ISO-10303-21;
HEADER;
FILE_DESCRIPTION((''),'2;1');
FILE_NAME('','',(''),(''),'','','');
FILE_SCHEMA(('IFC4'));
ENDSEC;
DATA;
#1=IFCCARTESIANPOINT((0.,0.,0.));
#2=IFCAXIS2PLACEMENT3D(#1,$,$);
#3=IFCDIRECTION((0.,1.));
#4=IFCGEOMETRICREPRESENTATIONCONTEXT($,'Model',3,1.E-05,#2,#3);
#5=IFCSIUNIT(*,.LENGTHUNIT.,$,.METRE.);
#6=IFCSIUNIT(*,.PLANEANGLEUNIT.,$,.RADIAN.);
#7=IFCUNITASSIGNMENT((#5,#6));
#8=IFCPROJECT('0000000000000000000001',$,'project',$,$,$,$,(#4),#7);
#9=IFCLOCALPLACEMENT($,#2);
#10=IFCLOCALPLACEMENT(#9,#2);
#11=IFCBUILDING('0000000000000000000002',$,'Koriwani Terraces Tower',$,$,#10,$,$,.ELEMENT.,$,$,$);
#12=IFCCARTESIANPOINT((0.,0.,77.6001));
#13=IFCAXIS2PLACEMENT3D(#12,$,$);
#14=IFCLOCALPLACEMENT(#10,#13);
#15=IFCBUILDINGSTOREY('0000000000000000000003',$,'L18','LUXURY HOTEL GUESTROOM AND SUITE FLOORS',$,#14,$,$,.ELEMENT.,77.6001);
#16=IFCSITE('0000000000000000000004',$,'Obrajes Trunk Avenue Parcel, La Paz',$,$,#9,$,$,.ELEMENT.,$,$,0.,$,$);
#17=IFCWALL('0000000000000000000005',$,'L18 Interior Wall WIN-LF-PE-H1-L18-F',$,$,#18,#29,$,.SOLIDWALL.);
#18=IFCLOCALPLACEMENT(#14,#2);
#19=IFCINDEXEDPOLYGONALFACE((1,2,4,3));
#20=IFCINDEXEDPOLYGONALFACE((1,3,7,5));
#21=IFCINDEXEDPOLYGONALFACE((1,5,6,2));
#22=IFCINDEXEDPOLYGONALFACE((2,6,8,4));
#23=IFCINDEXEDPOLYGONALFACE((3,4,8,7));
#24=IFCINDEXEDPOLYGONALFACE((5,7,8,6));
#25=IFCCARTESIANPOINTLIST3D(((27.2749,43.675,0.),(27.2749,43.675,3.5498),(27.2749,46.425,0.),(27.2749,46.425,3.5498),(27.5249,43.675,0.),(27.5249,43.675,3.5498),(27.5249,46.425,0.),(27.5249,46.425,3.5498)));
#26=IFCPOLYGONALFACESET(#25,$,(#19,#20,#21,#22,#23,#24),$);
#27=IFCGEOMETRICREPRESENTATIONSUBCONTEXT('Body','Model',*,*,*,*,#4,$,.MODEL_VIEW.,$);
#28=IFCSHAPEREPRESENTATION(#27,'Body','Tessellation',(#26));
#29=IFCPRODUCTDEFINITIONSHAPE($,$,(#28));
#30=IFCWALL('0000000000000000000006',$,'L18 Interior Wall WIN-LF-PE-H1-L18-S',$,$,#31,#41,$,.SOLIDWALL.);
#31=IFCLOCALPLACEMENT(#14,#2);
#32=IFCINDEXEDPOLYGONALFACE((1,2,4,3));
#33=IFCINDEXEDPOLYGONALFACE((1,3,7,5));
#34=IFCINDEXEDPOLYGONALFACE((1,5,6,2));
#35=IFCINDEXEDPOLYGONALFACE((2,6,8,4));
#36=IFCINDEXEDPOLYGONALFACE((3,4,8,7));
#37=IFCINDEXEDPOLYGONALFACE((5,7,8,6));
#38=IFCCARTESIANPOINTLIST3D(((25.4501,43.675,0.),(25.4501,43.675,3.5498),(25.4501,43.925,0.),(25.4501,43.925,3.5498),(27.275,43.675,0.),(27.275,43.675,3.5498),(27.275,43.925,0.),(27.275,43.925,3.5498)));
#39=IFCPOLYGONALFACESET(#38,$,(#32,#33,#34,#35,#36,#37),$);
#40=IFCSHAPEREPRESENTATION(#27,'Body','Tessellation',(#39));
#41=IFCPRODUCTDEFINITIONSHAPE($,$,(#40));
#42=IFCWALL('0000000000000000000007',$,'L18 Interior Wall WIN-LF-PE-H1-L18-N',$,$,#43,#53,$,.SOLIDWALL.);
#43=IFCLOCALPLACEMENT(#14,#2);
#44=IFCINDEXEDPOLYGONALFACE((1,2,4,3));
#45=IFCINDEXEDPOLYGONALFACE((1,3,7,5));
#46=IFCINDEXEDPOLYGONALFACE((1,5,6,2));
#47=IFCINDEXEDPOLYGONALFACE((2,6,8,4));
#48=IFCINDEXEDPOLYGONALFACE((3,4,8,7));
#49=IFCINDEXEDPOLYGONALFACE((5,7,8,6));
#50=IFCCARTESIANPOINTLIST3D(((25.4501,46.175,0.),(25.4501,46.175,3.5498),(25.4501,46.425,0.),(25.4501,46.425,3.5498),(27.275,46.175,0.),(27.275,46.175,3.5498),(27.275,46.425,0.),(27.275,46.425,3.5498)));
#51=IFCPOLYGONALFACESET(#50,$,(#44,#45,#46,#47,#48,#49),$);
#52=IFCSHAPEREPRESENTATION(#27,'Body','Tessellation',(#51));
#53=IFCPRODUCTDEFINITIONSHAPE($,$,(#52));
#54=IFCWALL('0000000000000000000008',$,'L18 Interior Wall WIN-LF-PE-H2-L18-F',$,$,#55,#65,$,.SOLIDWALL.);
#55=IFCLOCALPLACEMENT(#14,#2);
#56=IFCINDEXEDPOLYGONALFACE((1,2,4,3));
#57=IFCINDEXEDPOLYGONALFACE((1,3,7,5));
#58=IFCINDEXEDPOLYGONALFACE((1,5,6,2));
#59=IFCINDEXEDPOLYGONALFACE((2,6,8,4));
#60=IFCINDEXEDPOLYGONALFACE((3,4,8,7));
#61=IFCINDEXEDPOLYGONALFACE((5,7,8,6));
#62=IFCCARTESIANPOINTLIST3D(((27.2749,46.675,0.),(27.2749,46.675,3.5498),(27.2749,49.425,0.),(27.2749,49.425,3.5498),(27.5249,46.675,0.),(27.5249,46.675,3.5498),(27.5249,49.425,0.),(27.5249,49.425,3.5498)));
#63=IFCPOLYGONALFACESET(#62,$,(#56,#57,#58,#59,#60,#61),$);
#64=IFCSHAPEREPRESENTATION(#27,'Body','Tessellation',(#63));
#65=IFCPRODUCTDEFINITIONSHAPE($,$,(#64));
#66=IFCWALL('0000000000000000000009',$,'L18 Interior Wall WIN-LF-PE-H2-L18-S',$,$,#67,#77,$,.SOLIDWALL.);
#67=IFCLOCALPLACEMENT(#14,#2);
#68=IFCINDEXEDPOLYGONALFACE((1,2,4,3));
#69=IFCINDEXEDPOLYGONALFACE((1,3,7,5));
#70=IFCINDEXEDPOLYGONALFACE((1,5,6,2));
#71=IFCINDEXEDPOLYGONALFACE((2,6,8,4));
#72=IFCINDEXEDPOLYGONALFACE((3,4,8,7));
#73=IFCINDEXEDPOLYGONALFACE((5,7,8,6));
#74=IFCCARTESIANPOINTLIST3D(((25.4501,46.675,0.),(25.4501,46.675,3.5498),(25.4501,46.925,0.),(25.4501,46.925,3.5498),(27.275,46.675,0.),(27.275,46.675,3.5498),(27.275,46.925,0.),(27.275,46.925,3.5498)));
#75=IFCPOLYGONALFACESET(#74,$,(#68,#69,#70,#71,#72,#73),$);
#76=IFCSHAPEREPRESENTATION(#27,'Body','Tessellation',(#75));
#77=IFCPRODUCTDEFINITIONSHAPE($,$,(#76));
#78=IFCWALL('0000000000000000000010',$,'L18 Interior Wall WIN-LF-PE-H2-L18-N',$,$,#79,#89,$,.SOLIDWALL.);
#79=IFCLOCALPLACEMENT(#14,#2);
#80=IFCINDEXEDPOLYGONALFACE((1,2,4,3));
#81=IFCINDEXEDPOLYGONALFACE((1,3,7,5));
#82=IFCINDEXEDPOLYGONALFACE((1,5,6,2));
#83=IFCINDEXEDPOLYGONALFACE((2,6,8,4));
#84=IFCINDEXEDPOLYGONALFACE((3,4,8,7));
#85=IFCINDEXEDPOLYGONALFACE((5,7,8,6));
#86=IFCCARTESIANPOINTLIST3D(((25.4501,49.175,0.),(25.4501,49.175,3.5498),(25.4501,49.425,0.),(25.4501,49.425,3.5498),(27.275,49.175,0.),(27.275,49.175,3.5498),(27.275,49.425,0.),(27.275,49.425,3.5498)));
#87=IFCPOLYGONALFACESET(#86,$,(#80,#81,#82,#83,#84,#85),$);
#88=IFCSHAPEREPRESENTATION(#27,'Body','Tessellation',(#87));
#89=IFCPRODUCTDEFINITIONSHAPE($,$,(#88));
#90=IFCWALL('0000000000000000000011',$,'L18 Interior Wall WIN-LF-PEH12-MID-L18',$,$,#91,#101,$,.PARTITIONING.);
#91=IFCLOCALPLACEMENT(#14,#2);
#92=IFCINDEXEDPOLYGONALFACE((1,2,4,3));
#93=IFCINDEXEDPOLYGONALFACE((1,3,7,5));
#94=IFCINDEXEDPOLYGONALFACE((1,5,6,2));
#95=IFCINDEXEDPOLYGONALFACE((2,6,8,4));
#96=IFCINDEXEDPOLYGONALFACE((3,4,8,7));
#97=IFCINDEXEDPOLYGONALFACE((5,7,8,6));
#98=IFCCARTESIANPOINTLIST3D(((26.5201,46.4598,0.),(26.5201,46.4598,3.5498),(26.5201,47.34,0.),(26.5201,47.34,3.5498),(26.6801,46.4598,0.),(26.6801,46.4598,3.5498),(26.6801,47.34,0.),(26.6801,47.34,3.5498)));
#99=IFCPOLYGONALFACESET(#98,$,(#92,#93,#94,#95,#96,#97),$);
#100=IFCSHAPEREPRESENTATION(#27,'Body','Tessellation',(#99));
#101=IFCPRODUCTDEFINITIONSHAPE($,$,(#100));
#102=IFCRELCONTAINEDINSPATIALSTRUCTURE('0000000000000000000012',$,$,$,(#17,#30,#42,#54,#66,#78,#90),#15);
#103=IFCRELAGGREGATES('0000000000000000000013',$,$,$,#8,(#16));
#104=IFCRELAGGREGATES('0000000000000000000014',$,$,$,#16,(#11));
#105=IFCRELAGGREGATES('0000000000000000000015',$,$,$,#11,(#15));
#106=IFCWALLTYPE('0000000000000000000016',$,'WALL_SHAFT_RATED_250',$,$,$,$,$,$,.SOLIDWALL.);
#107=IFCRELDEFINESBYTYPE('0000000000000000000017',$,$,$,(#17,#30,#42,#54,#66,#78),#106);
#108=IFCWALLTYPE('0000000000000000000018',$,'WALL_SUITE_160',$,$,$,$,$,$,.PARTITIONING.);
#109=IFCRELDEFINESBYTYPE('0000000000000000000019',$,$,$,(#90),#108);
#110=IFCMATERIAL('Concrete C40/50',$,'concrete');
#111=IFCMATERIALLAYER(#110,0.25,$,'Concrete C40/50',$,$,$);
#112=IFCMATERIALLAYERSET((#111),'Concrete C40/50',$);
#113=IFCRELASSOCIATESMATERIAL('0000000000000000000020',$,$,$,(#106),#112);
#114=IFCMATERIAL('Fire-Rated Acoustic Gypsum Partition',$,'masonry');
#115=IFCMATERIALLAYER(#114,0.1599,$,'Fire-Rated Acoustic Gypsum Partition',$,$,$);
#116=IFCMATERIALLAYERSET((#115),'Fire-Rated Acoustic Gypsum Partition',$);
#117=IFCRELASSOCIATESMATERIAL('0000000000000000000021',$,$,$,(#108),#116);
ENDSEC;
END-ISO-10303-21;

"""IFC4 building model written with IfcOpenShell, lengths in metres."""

from ifc_helpers import new_model, si_unit, direction, frame, frame_2d, origin, place, context, subcontext, project, spatial, rectangle, extrude, material, layer, layer_set, type_object, element, save


model = new_model("IFC4")

# Units and contexts
model_context = context("Model", 3, precision=1e-05, world=origin(), true_north=direction((0.0, 1.0)))
body_context = subcontext(model_context, "Body", "Model", "MODEL_VIEW")
ifc_project = project(units=[si_unit("LENGTHUNIT", "METRE"), si_unit("PLANEANGLEUNIT", "RADIAN")], contexts=[model_context])

# Site, building, storey
site_placement = place(None, origin())
site = spatial("IfcSite", under=ifc_project, at=site_placement, Name="Obrajes Trunk Avenue Parcel, La Paz", CompositionType="ELEMENT", RefElevation=0.0)
building_placement = place(site_placement, origin())
building = spatial("IfcBuilding", under=site, at=building_placement, Name="Koriwani Terraces Tower", CompositionType="ELEMENT")
storey_placement = place(building_placement, frame((0.0, 0.0, 77.6001)))
storey = spatial("IfcBuildingStorey", under=building, at=storey_placement, Name="L18", Description="LUXURY HOTEL GUESTROOM AND SUITE FLOORS", CompositionType="ELEMENT", Elevation=77.6001)

# Walls
ifc_material_1 = material(Name="Concrete C40/50", Category="concrete")
ifc_layer_1 = layer(ifc_material_1, 0.25, Name="Concrete C40/50")
ifc_layer_set_1 = layer_set([ifc_layer_1], Name="Concrete C40/50")
wall_type_1 = type_object("IfcWallType", Name="WALL_SHAFT_RATED_250", PredefinedType="SOLIDWALL", material=ifc_layer_set_1)
wall_1_placement = place(storey_placement, frame((27.3999, 43.675, 0.0), z_axis=(0.0, 0.0, 1.0), x_axis=(0.0, 1.0, 0.0)))
element("IfcWall", 1, at=wall_1_placement, inside=storey, type_object=wall_type_1, Name="L18 Interior Wall WIN-LF-PE-H1-L18-F", PredefinedType="SOLIDWALL", context=body_context, shape_type="SweptSolid", body=[
    extrude(rectangle(XDim=2.75, YDim=0.25, at=frame_2d((1.375, 0.0))), origin(), (0.0, 0.0, 1.0), 3.5498),
])
for number, where, z_axis, x_axis, name in (
    (2, (25.45, 43.8, 0.0), (0.0, 0.0, 1.0), (1.0, 0.0, 0.0), "L18 Interior Wall WIN-LF-PE-H1-L18-S"),
    (3, (25.45, 46.3, 0.0), (0.0, 0.0, 1.0), (1.0, 0.0, 0.0), "L18 Interior Wall WIN-LF-PE-H1-L18-N"),
):
    element("IfcWall", number, at=place(storey_placement, frame(where, z_axis=z_axis, x_axis=x_axis)), inside=storey, type_object=wall_type_1, Name=name, PredefinedType="SOLIDWALL", context=body_context, shape_type="SweptSolid", body=[
        extrude(rectangle(XDim=1.825, YDim=0.25, at=frame_2d((0.9126, 0.0))), origin(), (0.0, 0.0, 1.0), 3.5498),
    ])
wall_2_placement = place(storey_placement, frame((27.3999, 46.675, 0.0), z_axis=(0.0, 0.0, 1.0), x_axis=(0.0, 1.0, 0.0)))
element("IfcWall", 4, at=wall_2_placement, inside=storey, type_object=wall_type_1, Name="L18 Interior Wall WIN-LF-PE-H2-L18-F", PredefinedType="SOLIDWALL", context=body_context, shape_type="SweptSolid", body=[
    extrude(rectangle(XDim=2.75, YDim=0.25, at=frame_2d((1.375, 0.0))), origin(), (0.0, 0.0, 1.0), 3.5498),
])
for number, where, z_axis, x_axis, name in (
    (5, (25.45, 46.8, 0.0), (0.0, 0.0, 1.0), (1.0, 0.0, 0.0), "L18 Interior Wall WIN-LF-PE-H2-L18-S"),
    (6, (25.45, 49.3, 0.0), (0.0, 0.0, 1.0), (1.0, 0.0, 0.0), "L18 Interior Wall WIN-LF-PE-H2-L18-N"),
):
    element("IfcWall", number, at=place(storey_placement, frame(where, z_axis=z_axis, x_axis=x_axis)), inside=storey, type_object=wall_type_1, Name=name, PredefinedType="SOLIDWALL", context=body_context, shape_type="SweptSolid", body=[
        extrude(rectangle(XDim=1.825, YDim=0.25, at=frame_2d((0.9126, 0.0))), origin(), (0.0, 0.0, 1.0), 3.5498),
    ])
ifc_material_2 = material(Name="Fire-Rated Acoustic Gypsum Partition", Category="masonry")
ifc_layer_2 = layer(ifc_material_2, 0.1599, Name="Fire-Rated Acoustic Gypsum Partition")
ifc_layer_set_2 = layer_set([ifc_layer_2], Name="Fire-Rated Acoustic Gypsum Partition")
wall_type_2 = type_object("IfcWallType", Name="WALL_SUITE_160", PredefinedType="PARTITIONING", material=ifc_layer_set_2)
wall_3_placement = place(storey_placement, frame((26.6001, 46.46, 0.0), z_axis=(0.0, 0.0, 1.0), x_axis=(0.0, 1.0, 0.0)))
element("IfcWall", 7, at=wall_3_placement, inside=storey, type_object=wall_type_2, Name="L18 Interior Wall WIN-LF-PEH12-MID-L18", PredefinedType="PARTITIONING", context=body_context, shape_type="SweptSolid", body=[
    extrude(rectangle(XDim=0.8801, YDim=0.1599, at=frame_2d((0.4399, 0.0))), origin(), (0.0, 0.0, 1.0), 3.5498),
])

save(model, "model.ifc")
